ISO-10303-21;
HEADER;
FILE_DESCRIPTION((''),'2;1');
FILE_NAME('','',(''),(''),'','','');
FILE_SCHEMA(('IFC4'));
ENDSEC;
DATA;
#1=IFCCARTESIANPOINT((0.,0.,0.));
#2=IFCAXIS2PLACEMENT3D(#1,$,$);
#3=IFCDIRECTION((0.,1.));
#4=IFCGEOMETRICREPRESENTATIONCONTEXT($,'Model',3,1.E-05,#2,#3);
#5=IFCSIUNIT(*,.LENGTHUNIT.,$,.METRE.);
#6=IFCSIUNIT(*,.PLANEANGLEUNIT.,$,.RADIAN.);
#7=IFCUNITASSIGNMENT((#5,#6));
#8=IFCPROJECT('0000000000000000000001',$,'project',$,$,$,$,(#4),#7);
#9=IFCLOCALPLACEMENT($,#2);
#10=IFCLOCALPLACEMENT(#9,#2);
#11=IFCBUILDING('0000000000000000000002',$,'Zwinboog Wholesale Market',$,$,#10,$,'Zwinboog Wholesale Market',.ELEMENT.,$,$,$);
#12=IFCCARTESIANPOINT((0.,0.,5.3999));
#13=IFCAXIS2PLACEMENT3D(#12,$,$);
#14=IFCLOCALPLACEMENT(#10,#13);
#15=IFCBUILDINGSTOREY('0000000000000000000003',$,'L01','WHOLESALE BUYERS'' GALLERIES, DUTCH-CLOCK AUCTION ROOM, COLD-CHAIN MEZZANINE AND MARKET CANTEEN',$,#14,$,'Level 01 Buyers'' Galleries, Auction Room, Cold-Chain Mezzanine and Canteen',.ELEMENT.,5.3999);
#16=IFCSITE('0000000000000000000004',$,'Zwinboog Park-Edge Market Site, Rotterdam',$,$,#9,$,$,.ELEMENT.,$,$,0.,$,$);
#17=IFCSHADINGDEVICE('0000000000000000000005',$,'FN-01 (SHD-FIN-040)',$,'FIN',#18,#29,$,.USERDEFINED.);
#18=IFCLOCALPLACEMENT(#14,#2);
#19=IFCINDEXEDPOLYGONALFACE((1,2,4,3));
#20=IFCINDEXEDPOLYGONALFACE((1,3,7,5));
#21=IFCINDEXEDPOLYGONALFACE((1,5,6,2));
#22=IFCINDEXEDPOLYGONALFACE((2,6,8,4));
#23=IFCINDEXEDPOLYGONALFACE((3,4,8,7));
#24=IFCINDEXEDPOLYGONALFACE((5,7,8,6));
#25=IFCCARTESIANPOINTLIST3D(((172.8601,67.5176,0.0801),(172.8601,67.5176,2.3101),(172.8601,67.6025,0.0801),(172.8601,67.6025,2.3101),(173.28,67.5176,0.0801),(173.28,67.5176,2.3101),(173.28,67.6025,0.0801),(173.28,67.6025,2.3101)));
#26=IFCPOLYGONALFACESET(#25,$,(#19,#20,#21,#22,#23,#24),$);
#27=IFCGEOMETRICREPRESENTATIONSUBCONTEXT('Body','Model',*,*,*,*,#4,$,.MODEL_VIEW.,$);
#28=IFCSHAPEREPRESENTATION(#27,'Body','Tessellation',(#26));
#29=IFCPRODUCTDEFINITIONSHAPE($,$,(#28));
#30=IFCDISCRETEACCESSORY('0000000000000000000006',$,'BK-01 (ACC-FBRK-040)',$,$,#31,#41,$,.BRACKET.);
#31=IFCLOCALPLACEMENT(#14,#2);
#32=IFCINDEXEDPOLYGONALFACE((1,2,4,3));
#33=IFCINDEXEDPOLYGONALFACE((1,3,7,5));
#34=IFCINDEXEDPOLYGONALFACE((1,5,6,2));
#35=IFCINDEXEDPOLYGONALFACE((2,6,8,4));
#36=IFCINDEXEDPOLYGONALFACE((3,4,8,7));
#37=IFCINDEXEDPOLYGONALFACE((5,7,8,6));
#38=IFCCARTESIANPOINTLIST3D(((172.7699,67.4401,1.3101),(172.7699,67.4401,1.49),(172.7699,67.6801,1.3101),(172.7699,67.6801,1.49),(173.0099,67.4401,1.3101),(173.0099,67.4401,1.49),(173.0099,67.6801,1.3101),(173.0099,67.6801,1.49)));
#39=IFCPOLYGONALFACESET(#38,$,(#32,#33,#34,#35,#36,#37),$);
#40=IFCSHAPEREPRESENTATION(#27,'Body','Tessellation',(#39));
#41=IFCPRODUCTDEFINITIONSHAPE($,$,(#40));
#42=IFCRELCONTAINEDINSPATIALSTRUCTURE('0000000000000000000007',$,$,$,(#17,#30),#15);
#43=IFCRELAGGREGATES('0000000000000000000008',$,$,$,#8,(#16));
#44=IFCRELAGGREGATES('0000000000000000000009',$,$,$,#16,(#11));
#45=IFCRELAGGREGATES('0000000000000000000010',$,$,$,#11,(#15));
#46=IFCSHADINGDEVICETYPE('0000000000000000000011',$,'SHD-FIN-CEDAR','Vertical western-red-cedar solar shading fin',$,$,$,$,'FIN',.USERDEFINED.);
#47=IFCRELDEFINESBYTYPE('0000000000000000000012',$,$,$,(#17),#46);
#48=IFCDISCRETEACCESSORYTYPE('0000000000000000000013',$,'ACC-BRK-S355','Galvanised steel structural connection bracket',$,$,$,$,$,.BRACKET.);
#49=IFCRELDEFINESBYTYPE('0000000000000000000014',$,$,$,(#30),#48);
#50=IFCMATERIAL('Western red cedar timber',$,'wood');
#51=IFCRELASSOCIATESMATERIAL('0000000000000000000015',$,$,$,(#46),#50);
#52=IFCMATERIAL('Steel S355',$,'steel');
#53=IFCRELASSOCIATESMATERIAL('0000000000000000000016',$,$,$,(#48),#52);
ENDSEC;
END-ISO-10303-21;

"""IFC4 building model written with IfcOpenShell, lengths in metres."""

from ifc_helpers import new_model, si_unit, direction, frame, origin, origin_2d, place, context, subcontext, project, spatial, rectangle, extrude, material, type_object, element, save


model = new_model("IFC4")

# Units and contexts
model_context = context("Model", 3, precision=1e-05, world=origin(), true_north=direction((0.0, 1.0)))
body_context = subcontext(model_context, "Body", "Model", "MODEL_VIEW")
ifc_project = project(units=[si_unit("LENGTHUNIT", "METRE"), si_unit("PLANEANGLEUNIT", "RADIAN")], contexts=[model_context])

# Site, building, storey
site_placement = place(None, origin())
site = spatial("IfcSite", under=ifc_project, at=site_placement, Name="Zwinboog Park-Edge Market Site, Rotterdam", CompositionType="ELEMENT", RefElevation=0.0)
building_placement = place(site_placement, origin())
building = spatial("IfcBuilding", under=site, at=building_placement, Name="Zwinboog Wholesale Market", LongName="Zwinboog Wholesale Market", CompositionType="ELEMENT")
storey_placement = place(building_placement, frame((0.0, 0.0, 5.3999)))
storey = spatial("IfcBuildingStorey", under=building, at=storey_placement, Name="L01", Description="WHOLESALE BUYERS' GALLERIES, DUTCH-CLOCK AUCTION ROOM, COLD-CHAIN MEZZANINE AND MARKET CANTEEN", LongName="Level 01 Buyers' Galleries, Auction Room, Cold-Chain Mezzanine and Canteen", CompositionType="ELEMENT", Elevation=5.3999)

# Shared definitions
ifc_material_1 = material(Name="Steel S355", Category="steel")

# Shading device
ifc_material_2 = material(Name="Western red cedar timber", Category="wood")
shading_device_type = type_object("IfcShadingDeviceType", Name="SHD-FIN-CEDAR", Description="Vertical western-red-cedar solar shading fin", ElementType="FIN", PredefinedType="USERDEFINED", material=ifc_material_2)
shading_device_placement = place(storey_placement, frame((173.0701, 67.5601, 0.0801), z_axis=(0.0, 0.0, 1.0), x_axis=(1.0, 0.0, 0.0)))
element("IfcShadingDevice", 1, at=shading_device_placement, inside=storey, type_object=shading_device_type, Name="FN-01 (SHD-FIN-040)", ObjectType="FIN", PredefinedType="USERDEFINED", context=body_context, shape_type="SweptSolid", body=[
    extrude(rectangle(XDim=0.4199, YDim=0.085, at=origin_2d()), origin(), (0.0, 0.0, 1.0), 2.23),
])

# Discrete accessory
discrete_accessory_type = type_object("IfcDiscreteAccessoryType", Name="ACC-BRK-S355", Description="Galvanised steel structural connection bracket", PredefinedType="BRACKET", material=ifc_material_1)
discrete_accessory_placement = place(storey_placement, frame((172.8899, 67.5601, 1.3101), z_axis=(0.0, 0.0, 1.0), x_axis=(1.0, 0.0, 0.0)))
element("IfcDiscreteAccessory", 2, at=discrete_accessory_placement, inside=storey, type_object=discrete_accessory_type, Name="BK-01 (ACC-FBRK-040)", PredefinedType="BRACKET", context=body_context, shape_type="SweptSolid", body=[
    extrude(rectangle(XDim=0.24, YDim=0.24, at=origin_2d()), origin(), (0.0, 0.0, 1.0), 0.1799),
])

save(model, "model.ifc")
